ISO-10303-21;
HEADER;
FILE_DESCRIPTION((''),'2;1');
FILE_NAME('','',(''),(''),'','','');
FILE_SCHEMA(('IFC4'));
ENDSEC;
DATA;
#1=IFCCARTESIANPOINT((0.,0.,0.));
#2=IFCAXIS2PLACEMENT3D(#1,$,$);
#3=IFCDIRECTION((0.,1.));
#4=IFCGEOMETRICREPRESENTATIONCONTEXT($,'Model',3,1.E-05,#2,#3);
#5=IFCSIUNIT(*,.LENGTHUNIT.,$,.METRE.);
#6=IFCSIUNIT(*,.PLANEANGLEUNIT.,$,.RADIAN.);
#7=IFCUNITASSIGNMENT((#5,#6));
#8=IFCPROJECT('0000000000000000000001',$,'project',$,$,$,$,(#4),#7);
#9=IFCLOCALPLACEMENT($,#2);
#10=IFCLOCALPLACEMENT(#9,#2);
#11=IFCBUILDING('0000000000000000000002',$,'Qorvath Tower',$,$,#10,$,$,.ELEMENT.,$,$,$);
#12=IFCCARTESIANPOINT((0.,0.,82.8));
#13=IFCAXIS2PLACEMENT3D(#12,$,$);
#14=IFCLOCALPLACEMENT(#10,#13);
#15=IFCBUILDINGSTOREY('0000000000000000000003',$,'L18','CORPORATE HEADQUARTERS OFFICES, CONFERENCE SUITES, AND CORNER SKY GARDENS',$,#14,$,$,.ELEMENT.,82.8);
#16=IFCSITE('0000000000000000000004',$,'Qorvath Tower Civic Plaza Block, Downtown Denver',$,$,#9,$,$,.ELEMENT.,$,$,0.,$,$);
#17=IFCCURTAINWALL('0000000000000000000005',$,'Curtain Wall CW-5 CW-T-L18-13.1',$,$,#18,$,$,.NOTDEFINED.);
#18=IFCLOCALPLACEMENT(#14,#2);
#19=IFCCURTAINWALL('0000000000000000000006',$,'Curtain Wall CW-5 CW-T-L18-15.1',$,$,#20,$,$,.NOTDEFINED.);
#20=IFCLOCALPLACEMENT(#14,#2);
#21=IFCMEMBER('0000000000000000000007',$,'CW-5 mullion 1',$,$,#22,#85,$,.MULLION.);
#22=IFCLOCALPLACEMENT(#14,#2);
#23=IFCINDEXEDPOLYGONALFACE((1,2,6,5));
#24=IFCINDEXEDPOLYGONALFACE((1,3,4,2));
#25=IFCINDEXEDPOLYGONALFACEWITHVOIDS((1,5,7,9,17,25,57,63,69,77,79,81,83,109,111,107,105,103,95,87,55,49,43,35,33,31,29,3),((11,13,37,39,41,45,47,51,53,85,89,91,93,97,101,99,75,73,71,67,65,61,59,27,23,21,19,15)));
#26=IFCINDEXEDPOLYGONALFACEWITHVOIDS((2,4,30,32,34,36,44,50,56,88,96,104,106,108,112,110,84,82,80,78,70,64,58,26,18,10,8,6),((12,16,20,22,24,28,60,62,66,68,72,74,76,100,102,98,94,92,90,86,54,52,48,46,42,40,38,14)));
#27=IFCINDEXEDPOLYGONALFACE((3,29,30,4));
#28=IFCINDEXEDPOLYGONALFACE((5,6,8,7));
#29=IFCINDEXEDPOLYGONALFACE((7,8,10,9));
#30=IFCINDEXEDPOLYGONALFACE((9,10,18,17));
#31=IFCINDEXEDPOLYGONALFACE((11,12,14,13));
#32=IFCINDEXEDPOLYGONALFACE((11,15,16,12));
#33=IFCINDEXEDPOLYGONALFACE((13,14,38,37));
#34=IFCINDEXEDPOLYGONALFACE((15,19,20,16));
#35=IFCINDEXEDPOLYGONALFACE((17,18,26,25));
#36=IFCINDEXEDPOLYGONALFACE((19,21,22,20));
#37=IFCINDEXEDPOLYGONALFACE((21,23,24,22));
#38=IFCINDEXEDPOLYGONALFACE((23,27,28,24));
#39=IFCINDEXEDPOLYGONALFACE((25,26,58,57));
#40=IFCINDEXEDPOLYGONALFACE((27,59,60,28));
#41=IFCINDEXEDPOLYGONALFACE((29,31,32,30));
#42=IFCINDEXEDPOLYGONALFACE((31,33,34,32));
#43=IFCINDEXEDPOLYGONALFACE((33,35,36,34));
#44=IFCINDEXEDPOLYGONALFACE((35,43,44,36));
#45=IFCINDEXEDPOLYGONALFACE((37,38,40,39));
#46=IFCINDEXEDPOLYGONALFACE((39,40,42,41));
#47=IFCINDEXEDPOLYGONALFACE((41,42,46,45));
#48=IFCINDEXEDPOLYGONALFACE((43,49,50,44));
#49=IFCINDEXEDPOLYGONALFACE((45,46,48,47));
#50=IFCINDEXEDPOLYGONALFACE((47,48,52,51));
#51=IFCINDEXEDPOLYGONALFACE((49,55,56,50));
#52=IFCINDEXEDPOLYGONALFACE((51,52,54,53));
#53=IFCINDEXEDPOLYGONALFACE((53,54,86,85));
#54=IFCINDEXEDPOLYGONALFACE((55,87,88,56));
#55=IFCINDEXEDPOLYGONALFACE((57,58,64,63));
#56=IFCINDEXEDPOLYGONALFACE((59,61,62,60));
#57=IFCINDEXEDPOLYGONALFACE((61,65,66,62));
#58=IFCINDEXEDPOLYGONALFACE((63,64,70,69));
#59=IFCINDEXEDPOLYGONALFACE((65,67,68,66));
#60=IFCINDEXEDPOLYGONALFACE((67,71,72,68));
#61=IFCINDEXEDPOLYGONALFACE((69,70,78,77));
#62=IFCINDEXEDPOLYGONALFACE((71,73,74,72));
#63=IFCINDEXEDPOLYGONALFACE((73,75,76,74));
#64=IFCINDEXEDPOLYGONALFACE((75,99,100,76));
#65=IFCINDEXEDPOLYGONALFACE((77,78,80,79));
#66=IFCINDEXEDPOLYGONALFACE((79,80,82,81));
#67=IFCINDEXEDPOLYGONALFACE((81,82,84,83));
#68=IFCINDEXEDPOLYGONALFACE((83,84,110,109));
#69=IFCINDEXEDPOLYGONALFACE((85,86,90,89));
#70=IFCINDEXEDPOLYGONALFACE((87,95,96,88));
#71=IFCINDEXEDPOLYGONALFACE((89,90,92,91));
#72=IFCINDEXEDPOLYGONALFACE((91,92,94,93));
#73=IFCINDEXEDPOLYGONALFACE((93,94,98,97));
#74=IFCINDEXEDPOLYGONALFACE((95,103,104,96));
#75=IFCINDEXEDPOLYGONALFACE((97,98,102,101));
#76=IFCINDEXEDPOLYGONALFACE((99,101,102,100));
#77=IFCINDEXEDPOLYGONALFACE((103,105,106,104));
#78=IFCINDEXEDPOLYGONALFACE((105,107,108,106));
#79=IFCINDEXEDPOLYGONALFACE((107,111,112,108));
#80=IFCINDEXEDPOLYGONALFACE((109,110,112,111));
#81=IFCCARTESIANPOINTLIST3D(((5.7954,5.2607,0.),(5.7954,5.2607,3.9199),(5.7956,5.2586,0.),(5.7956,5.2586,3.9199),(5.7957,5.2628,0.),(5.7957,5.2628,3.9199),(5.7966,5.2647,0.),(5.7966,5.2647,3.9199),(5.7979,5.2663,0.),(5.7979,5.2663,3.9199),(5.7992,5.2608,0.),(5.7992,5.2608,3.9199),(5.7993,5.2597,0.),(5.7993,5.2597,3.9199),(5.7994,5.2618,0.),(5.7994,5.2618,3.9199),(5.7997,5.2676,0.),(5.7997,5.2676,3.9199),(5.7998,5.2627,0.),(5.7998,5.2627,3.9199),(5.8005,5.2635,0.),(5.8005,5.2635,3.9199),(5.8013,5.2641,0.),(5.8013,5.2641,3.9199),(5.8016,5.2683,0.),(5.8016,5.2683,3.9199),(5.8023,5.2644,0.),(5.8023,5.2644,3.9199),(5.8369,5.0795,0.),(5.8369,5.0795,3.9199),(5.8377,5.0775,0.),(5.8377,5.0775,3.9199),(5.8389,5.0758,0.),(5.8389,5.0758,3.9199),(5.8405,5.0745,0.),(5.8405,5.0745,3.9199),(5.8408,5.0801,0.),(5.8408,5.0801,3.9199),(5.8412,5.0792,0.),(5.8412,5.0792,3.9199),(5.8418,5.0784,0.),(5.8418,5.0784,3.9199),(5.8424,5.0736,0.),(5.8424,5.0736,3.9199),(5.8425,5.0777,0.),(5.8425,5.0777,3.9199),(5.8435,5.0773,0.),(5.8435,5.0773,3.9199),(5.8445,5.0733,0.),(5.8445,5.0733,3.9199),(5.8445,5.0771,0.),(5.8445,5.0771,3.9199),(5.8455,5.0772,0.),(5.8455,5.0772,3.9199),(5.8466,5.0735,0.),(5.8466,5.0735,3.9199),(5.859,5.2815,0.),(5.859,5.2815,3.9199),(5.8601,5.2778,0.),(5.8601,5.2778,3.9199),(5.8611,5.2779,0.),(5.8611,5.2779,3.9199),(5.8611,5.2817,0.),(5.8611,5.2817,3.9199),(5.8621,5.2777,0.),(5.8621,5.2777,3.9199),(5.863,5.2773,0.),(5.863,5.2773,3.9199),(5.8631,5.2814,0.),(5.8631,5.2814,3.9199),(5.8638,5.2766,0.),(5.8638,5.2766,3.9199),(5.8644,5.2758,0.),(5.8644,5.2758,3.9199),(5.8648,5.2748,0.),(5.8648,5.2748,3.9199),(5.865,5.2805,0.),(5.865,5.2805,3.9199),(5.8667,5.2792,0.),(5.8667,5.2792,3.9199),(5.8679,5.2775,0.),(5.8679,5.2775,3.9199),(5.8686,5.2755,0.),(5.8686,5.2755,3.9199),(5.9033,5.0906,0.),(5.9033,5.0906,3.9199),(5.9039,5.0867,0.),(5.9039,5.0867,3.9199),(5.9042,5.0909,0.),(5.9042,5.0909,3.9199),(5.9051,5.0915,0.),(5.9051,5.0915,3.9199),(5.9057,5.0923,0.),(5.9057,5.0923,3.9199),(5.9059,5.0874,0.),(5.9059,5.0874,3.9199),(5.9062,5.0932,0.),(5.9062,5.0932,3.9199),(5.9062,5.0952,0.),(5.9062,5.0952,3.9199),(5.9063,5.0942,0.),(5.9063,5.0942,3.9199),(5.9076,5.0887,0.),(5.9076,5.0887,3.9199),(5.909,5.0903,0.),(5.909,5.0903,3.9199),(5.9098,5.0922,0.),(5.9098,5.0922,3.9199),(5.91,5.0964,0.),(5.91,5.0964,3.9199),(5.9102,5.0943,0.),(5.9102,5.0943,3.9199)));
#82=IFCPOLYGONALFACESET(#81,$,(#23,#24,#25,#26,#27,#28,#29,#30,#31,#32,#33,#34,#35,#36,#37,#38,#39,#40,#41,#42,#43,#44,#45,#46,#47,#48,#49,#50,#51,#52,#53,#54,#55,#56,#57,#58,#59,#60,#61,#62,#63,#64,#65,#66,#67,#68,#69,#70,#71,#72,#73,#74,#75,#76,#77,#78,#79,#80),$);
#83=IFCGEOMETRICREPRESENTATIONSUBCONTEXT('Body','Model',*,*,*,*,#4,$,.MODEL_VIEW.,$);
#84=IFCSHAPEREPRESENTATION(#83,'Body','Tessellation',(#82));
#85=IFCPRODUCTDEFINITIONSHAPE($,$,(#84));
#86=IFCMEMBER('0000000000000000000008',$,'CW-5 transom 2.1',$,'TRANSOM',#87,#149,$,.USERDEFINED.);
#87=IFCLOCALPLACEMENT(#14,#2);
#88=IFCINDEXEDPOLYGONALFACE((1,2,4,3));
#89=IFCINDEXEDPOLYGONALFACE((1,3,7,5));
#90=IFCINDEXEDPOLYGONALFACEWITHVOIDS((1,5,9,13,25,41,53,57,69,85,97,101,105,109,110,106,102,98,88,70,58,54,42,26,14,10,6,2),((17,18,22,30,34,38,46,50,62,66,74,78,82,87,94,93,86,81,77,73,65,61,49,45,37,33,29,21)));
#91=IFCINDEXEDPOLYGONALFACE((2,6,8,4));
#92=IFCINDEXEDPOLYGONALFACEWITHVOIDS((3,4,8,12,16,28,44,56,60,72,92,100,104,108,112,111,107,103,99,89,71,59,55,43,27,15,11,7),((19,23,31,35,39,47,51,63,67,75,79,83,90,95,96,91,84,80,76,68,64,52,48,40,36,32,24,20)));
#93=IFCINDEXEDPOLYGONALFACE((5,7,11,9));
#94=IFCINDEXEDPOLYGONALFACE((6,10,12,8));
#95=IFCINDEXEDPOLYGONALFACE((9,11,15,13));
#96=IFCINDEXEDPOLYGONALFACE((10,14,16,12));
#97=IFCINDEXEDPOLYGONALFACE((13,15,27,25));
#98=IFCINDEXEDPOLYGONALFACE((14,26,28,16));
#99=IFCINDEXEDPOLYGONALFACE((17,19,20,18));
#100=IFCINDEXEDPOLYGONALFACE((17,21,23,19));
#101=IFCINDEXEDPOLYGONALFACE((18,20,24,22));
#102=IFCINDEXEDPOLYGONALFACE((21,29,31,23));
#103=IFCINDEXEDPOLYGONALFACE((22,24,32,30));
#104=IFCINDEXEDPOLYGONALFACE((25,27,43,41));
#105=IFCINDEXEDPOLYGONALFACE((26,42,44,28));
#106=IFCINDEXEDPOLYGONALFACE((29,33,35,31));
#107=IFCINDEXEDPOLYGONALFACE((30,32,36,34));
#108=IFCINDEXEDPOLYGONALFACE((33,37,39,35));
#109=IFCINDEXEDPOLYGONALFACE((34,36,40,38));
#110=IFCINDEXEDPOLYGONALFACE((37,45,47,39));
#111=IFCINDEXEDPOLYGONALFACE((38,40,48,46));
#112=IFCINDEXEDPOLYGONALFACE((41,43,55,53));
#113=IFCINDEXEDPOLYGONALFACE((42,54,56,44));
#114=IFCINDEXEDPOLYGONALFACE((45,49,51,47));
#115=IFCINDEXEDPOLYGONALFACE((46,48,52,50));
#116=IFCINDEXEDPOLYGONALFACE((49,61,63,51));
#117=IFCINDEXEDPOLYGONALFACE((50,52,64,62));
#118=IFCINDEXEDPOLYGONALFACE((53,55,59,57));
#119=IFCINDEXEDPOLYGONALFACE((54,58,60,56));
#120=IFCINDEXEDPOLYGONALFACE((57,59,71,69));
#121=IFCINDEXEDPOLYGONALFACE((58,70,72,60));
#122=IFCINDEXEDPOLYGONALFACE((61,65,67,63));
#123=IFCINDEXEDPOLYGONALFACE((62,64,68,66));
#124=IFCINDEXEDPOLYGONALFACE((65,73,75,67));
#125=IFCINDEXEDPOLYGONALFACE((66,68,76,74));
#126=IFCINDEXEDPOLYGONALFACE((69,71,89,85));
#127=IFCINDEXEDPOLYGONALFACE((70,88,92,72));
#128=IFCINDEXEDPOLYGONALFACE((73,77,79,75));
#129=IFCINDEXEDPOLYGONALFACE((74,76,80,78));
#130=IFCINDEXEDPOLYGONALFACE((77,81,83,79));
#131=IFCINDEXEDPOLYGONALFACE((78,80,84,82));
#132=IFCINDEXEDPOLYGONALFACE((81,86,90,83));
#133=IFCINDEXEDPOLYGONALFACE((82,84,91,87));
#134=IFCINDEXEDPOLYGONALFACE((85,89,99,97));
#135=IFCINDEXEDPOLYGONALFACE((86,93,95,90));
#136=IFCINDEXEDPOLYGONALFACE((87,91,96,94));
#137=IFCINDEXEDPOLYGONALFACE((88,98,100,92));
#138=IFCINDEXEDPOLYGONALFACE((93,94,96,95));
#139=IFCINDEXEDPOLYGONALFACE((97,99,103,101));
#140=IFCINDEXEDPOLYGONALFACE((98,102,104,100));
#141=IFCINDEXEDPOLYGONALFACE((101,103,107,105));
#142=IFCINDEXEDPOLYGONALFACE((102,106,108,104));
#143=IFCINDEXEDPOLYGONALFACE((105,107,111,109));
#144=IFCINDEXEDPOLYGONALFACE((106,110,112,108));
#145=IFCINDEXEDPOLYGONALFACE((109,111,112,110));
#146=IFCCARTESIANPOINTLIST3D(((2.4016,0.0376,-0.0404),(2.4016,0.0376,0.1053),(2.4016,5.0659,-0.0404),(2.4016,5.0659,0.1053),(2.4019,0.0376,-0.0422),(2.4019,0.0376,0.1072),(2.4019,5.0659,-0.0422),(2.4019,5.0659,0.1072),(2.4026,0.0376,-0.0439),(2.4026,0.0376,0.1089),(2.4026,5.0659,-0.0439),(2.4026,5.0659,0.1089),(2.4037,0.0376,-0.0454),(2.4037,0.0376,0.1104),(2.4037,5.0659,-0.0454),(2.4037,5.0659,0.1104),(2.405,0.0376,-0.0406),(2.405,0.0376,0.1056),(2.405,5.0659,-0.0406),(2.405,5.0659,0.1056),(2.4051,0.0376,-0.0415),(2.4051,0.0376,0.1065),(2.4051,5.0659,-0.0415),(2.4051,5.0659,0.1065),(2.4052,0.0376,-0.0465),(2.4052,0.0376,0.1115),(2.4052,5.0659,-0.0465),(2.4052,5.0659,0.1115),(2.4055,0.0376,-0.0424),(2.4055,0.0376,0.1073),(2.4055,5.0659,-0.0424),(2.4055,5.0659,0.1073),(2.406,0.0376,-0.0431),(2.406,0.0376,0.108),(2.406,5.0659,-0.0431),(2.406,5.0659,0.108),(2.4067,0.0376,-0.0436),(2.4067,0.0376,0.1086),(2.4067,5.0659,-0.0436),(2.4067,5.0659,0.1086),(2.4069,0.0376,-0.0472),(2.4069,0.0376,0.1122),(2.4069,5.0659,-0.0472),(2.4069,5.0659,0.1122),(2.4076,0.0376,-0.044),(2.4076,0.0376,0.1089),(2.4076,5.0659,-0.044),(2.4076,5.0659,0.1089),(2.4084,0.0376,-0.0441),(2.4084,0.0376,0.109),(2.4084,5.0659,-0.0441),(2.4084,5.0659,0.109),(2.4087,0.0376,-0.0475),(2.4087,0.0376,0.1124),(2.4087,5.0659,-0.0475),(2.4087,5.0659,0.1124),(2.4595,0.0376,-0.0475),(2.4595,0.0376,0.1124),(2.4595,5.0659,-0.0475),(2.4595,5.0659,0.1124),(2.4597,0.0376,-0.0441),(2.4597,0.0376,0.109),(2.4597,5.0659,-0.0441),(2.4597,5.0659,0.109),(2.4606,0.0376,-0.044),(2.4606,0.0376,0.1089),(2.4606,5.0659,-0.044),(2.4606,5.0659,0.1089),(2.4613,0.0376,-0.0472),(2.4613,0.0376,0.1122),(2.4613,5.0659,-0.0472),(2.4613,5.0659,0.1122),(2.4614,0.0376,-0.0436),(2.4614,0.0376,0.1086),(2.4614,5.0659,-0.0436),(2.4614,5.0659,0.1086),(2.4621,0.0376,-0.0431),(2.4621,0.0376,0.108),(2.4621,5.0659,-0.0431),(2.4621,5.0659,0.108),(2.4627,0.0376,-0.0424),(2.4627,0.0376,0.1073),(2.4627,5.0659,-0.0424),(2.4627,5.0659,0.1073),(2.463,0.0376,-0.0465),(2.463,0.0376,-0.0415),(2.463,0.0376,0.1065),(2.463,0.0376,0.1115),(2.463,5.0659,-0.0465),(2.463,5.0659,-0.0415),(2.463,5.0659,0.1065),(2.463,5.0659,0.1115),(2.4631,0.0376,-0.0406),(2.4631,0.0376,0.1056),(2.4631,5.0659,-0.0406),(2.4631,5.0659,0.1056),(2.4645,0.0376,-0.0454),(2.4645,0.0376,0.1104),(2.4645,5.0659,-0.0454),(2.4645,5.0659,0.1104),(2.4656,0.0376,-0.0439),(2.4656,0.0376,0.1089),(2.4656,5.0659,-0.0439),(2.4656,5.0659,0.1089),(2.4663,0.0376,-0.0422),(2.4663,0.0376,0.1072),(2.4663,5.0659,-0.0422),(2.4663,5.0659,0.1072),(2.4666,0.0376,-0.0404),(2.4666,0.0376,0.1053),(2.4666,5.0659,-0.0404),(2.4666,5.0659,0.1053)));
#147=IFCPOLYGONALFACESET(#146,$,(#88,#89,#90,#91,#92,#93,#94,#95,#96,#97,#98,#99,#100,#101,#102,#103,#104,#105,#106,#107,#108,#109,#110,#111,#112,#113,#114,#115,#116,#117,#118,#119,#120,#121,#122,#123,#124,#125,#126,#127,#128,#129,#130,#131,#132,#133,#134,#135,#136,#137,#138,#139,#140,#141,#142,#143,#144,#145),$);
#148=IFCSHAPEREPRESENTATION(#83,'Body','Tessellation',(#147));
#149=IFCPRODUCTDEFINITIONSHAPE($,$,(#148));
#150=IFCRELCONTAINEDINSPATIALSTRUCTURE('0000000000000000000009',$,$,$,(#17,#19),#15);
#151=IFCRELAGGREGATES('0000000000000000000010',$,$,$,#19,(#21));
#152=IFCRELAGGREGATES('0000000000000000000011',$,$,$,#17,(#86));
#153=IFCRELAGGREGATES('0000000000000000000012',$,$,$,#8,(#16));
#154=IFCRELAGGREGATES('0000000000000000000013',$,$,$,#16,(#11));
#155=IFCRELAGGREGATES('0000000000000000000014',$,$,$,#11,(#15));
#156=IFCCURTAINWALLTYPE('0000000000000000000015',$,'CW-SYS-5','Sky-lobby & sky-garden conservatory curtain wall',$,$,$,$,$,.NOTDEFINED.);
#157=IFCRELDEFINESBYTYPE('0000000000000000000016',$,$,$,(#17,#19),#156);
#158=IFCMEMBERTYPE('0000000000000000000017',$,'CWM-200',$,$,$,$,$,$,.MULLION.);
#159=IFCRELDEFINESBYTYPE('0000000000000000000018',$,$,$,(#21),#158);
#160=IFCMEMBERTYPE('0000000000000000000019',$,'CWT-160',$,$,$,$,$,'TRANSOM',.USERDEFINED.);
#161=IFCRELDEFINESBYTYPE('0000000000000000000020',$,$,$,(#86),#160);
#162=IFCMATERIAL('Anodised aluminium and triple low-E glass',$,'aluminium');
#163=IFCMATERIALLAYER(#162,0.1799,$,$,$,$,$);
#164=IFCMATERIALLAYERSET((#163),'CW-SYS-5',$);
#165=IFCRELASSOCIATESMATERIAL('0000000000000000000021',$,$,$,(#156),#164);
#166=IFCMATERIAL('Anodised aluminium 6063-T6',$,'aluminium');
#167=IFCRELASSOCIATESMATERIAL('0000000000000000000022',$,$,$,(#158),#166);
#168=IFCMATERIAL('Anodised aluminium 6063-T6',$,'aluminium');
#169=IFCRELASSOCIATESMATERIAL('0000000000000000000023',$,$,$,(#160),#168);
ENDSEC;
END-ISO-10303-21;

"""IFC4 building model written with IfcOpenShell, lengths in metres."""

from ifc_helpers import new_model, si_unit, direction, frame, origin, origin_2d, place, context, subcontext, project, spatial, hollow_rectangle, extrude, material, layer, layer_set, material_profile, profile_set, type_object, element, aggregate, save


model = new_model("IFC4")

# Units and contexts
model_context = context("Model", 3, precision=1e-05, world=origin(), true_north=direction((0.0, 1.0)))
body_context = subcontext(model_context, "Body", "Model", "MODEL_VIEW")
ifc_project = project(units=[si_unit("LENGTHUNIT", "METRE"), si_unit("PLANEANGLEUNIT", "RADIAN")], contexts=[model_context])

# Site, building, storey
site_placement = place(None, origin())
site = spatial("IfcSite", under=ifc_project, at=site_placement, Name="Qorvath Tower Civic Plaza Block, Downtown Denver", CompositionType="ELEMENT", RefElevation=0.0)
building_placement = place(site_placement, origin())
building = spatial("IfcBuilding", under=site, at=building_placement, Name="Qorvath Tower", CompositionType="ELEMENT")
storey_placement = place(building_placement, frame((0.0, 0.0, 82.8)))
storey = spatial("IfcBuildingStorey", under=building, at=storey_placement, Name="L18", Description="CORPORATE HEADQUARTERS OFFICES, CONFERENCE SUITES, AND CORNER SKY GARDENS", CompositionType="ELEMENT", Elevation=82.8)

# Curtain wall
ifc_material_1 = material(Name="Anodised aluminium and triple low-E glass", Category="aluminium")
ifc_layer_1 = layer(ifc_material_1, 0.1799)
ifc_layer_set_1 = layer_set([ifc_layer_1], Name="CW-SYS-5")
curtain_wall_type = type_object("IfcCurtainWallType", Name="CW-SYS-5", Description="Sky-lobby & sky-garden conservatory curtain wall", PredefinedType="NOTDEFINED", material=ifc_layer_set_1)
curtain_wall_1_placement = place(storey_placement, origin())
curtain_wall_1 = element("IfcCurtainWall", 1, at=curtain_wall_1_placement, inside=storey, type_object=curtain_wall_type, Name="Curtain Wall CW-5 CW-T-L18-13.1", PredefinedType="NOTDEFINED")
ifc_material_2 = material(Name="Anodised aluminium 6063-T6", Category="aluminium")
ifc_material_profile_1 = material_profile(ifc_material_2, hollow_rectangle(XDim=0.075, YDim=0.2, WallThickness=0.0039, InnerFilletRadius=0.0039, OuterFilletRadius=0.0081, at=origin_2d()), Name="CWM 200x75")
ifc_profile_set_1 = profile_set([ifc_material_profile_1], Name="Anodised aluminium 6063-T6")
member_type_1 = type_object("IfcMemberType", Name="CWM-200", PredefinedType="MULLION", material=ifc_profile_set_1)

# Curtain wall, member
curtain_wall_2_placement = place(storey_placement, origin())
curtain_wall_2 = element("IfcCurtainWall", 2, at=curtain_wall_2_placement, inside=storey, type_object=curtain_wall_type, Name="Curtain Wall CW-5 CW-T-L18-15.1", PredefinedType="NOTDEFINED")
member_1_placement = place(storey_placement, frame((5.8528, 5.1775, 0.0), z_axis=(0.0, 0.0, 1.0), x_axis=(-0.974377, -0.224923, 0.0)))
member_1 = element("IfcMember", 3, at=member_1_placement, type_object=member_type_1, Name="CW-5 mullion 1", PredefinedType="MULLION", context=body_context, shape_type="SweptSolid", body=[
    extrude(hollow_rectangle(XDim=0.075, YDim=0.2, WallThickness=0.0039, InnerFilletRadius=0.0039, OuterFilletRadius=0.0081, at=origin_2d()), origin(), (0.0, 0.0, 1.0), 3.9199),
])

# Member
ifc_material_3 = material(Name="Anodised aluminium 6063-T6", Category="aluminium")
ifc_material_profile_2 = material_profile(ifc_material_3, hollow_rectangle(XDim=0.0649, YDim=0.1599, WallThickness=0.0034, InnerFilletRadius=0.0034, OuterFilletRadius=0.0071, at=origin_2d()), Name="CWT 160x65")
ifc_profile_set_2 = profile_set([ifc_material_profile_2], Name="Anodised aluminium 6063-T6")
member_type_2 = type_object("IfcMemberType", Name="CWT-160", ElementType="TRANSOM", PredefinedType="USERDEFINED", material=ifc_profile_set_2)
member_2_placement = place(storey_placement, frame((2.4341, 0.0376, 0.0325), z_axis=(0.0, 1.0, 0.0), x_axis=(-1.0, 0.0, 0.0)))
member_2 = element("IfcMember", 4, at=member_2_placement, type_object=member_type_2, Name="CW-5 transom 2.1", ObjectType="TRANSOM", PredefinedType="USERDEFINED", context=body_context, shape_type="SweptSolid", body=[
    extrude(hollow_rectangle(XDim=0.0649, YDim=0.1599, WallThickness=0.0034, InnerFilletRadius=0.0034, OuterFilletRadius=0.0071, at=origin_2d()), origin(), (0.0, 0.0, 1.0), 5.0283),
])
aggregate(curtain_wall_2, [member_1])

aggregate(curtain_wall_1, [member_2])

save(model, "model.ifc")
